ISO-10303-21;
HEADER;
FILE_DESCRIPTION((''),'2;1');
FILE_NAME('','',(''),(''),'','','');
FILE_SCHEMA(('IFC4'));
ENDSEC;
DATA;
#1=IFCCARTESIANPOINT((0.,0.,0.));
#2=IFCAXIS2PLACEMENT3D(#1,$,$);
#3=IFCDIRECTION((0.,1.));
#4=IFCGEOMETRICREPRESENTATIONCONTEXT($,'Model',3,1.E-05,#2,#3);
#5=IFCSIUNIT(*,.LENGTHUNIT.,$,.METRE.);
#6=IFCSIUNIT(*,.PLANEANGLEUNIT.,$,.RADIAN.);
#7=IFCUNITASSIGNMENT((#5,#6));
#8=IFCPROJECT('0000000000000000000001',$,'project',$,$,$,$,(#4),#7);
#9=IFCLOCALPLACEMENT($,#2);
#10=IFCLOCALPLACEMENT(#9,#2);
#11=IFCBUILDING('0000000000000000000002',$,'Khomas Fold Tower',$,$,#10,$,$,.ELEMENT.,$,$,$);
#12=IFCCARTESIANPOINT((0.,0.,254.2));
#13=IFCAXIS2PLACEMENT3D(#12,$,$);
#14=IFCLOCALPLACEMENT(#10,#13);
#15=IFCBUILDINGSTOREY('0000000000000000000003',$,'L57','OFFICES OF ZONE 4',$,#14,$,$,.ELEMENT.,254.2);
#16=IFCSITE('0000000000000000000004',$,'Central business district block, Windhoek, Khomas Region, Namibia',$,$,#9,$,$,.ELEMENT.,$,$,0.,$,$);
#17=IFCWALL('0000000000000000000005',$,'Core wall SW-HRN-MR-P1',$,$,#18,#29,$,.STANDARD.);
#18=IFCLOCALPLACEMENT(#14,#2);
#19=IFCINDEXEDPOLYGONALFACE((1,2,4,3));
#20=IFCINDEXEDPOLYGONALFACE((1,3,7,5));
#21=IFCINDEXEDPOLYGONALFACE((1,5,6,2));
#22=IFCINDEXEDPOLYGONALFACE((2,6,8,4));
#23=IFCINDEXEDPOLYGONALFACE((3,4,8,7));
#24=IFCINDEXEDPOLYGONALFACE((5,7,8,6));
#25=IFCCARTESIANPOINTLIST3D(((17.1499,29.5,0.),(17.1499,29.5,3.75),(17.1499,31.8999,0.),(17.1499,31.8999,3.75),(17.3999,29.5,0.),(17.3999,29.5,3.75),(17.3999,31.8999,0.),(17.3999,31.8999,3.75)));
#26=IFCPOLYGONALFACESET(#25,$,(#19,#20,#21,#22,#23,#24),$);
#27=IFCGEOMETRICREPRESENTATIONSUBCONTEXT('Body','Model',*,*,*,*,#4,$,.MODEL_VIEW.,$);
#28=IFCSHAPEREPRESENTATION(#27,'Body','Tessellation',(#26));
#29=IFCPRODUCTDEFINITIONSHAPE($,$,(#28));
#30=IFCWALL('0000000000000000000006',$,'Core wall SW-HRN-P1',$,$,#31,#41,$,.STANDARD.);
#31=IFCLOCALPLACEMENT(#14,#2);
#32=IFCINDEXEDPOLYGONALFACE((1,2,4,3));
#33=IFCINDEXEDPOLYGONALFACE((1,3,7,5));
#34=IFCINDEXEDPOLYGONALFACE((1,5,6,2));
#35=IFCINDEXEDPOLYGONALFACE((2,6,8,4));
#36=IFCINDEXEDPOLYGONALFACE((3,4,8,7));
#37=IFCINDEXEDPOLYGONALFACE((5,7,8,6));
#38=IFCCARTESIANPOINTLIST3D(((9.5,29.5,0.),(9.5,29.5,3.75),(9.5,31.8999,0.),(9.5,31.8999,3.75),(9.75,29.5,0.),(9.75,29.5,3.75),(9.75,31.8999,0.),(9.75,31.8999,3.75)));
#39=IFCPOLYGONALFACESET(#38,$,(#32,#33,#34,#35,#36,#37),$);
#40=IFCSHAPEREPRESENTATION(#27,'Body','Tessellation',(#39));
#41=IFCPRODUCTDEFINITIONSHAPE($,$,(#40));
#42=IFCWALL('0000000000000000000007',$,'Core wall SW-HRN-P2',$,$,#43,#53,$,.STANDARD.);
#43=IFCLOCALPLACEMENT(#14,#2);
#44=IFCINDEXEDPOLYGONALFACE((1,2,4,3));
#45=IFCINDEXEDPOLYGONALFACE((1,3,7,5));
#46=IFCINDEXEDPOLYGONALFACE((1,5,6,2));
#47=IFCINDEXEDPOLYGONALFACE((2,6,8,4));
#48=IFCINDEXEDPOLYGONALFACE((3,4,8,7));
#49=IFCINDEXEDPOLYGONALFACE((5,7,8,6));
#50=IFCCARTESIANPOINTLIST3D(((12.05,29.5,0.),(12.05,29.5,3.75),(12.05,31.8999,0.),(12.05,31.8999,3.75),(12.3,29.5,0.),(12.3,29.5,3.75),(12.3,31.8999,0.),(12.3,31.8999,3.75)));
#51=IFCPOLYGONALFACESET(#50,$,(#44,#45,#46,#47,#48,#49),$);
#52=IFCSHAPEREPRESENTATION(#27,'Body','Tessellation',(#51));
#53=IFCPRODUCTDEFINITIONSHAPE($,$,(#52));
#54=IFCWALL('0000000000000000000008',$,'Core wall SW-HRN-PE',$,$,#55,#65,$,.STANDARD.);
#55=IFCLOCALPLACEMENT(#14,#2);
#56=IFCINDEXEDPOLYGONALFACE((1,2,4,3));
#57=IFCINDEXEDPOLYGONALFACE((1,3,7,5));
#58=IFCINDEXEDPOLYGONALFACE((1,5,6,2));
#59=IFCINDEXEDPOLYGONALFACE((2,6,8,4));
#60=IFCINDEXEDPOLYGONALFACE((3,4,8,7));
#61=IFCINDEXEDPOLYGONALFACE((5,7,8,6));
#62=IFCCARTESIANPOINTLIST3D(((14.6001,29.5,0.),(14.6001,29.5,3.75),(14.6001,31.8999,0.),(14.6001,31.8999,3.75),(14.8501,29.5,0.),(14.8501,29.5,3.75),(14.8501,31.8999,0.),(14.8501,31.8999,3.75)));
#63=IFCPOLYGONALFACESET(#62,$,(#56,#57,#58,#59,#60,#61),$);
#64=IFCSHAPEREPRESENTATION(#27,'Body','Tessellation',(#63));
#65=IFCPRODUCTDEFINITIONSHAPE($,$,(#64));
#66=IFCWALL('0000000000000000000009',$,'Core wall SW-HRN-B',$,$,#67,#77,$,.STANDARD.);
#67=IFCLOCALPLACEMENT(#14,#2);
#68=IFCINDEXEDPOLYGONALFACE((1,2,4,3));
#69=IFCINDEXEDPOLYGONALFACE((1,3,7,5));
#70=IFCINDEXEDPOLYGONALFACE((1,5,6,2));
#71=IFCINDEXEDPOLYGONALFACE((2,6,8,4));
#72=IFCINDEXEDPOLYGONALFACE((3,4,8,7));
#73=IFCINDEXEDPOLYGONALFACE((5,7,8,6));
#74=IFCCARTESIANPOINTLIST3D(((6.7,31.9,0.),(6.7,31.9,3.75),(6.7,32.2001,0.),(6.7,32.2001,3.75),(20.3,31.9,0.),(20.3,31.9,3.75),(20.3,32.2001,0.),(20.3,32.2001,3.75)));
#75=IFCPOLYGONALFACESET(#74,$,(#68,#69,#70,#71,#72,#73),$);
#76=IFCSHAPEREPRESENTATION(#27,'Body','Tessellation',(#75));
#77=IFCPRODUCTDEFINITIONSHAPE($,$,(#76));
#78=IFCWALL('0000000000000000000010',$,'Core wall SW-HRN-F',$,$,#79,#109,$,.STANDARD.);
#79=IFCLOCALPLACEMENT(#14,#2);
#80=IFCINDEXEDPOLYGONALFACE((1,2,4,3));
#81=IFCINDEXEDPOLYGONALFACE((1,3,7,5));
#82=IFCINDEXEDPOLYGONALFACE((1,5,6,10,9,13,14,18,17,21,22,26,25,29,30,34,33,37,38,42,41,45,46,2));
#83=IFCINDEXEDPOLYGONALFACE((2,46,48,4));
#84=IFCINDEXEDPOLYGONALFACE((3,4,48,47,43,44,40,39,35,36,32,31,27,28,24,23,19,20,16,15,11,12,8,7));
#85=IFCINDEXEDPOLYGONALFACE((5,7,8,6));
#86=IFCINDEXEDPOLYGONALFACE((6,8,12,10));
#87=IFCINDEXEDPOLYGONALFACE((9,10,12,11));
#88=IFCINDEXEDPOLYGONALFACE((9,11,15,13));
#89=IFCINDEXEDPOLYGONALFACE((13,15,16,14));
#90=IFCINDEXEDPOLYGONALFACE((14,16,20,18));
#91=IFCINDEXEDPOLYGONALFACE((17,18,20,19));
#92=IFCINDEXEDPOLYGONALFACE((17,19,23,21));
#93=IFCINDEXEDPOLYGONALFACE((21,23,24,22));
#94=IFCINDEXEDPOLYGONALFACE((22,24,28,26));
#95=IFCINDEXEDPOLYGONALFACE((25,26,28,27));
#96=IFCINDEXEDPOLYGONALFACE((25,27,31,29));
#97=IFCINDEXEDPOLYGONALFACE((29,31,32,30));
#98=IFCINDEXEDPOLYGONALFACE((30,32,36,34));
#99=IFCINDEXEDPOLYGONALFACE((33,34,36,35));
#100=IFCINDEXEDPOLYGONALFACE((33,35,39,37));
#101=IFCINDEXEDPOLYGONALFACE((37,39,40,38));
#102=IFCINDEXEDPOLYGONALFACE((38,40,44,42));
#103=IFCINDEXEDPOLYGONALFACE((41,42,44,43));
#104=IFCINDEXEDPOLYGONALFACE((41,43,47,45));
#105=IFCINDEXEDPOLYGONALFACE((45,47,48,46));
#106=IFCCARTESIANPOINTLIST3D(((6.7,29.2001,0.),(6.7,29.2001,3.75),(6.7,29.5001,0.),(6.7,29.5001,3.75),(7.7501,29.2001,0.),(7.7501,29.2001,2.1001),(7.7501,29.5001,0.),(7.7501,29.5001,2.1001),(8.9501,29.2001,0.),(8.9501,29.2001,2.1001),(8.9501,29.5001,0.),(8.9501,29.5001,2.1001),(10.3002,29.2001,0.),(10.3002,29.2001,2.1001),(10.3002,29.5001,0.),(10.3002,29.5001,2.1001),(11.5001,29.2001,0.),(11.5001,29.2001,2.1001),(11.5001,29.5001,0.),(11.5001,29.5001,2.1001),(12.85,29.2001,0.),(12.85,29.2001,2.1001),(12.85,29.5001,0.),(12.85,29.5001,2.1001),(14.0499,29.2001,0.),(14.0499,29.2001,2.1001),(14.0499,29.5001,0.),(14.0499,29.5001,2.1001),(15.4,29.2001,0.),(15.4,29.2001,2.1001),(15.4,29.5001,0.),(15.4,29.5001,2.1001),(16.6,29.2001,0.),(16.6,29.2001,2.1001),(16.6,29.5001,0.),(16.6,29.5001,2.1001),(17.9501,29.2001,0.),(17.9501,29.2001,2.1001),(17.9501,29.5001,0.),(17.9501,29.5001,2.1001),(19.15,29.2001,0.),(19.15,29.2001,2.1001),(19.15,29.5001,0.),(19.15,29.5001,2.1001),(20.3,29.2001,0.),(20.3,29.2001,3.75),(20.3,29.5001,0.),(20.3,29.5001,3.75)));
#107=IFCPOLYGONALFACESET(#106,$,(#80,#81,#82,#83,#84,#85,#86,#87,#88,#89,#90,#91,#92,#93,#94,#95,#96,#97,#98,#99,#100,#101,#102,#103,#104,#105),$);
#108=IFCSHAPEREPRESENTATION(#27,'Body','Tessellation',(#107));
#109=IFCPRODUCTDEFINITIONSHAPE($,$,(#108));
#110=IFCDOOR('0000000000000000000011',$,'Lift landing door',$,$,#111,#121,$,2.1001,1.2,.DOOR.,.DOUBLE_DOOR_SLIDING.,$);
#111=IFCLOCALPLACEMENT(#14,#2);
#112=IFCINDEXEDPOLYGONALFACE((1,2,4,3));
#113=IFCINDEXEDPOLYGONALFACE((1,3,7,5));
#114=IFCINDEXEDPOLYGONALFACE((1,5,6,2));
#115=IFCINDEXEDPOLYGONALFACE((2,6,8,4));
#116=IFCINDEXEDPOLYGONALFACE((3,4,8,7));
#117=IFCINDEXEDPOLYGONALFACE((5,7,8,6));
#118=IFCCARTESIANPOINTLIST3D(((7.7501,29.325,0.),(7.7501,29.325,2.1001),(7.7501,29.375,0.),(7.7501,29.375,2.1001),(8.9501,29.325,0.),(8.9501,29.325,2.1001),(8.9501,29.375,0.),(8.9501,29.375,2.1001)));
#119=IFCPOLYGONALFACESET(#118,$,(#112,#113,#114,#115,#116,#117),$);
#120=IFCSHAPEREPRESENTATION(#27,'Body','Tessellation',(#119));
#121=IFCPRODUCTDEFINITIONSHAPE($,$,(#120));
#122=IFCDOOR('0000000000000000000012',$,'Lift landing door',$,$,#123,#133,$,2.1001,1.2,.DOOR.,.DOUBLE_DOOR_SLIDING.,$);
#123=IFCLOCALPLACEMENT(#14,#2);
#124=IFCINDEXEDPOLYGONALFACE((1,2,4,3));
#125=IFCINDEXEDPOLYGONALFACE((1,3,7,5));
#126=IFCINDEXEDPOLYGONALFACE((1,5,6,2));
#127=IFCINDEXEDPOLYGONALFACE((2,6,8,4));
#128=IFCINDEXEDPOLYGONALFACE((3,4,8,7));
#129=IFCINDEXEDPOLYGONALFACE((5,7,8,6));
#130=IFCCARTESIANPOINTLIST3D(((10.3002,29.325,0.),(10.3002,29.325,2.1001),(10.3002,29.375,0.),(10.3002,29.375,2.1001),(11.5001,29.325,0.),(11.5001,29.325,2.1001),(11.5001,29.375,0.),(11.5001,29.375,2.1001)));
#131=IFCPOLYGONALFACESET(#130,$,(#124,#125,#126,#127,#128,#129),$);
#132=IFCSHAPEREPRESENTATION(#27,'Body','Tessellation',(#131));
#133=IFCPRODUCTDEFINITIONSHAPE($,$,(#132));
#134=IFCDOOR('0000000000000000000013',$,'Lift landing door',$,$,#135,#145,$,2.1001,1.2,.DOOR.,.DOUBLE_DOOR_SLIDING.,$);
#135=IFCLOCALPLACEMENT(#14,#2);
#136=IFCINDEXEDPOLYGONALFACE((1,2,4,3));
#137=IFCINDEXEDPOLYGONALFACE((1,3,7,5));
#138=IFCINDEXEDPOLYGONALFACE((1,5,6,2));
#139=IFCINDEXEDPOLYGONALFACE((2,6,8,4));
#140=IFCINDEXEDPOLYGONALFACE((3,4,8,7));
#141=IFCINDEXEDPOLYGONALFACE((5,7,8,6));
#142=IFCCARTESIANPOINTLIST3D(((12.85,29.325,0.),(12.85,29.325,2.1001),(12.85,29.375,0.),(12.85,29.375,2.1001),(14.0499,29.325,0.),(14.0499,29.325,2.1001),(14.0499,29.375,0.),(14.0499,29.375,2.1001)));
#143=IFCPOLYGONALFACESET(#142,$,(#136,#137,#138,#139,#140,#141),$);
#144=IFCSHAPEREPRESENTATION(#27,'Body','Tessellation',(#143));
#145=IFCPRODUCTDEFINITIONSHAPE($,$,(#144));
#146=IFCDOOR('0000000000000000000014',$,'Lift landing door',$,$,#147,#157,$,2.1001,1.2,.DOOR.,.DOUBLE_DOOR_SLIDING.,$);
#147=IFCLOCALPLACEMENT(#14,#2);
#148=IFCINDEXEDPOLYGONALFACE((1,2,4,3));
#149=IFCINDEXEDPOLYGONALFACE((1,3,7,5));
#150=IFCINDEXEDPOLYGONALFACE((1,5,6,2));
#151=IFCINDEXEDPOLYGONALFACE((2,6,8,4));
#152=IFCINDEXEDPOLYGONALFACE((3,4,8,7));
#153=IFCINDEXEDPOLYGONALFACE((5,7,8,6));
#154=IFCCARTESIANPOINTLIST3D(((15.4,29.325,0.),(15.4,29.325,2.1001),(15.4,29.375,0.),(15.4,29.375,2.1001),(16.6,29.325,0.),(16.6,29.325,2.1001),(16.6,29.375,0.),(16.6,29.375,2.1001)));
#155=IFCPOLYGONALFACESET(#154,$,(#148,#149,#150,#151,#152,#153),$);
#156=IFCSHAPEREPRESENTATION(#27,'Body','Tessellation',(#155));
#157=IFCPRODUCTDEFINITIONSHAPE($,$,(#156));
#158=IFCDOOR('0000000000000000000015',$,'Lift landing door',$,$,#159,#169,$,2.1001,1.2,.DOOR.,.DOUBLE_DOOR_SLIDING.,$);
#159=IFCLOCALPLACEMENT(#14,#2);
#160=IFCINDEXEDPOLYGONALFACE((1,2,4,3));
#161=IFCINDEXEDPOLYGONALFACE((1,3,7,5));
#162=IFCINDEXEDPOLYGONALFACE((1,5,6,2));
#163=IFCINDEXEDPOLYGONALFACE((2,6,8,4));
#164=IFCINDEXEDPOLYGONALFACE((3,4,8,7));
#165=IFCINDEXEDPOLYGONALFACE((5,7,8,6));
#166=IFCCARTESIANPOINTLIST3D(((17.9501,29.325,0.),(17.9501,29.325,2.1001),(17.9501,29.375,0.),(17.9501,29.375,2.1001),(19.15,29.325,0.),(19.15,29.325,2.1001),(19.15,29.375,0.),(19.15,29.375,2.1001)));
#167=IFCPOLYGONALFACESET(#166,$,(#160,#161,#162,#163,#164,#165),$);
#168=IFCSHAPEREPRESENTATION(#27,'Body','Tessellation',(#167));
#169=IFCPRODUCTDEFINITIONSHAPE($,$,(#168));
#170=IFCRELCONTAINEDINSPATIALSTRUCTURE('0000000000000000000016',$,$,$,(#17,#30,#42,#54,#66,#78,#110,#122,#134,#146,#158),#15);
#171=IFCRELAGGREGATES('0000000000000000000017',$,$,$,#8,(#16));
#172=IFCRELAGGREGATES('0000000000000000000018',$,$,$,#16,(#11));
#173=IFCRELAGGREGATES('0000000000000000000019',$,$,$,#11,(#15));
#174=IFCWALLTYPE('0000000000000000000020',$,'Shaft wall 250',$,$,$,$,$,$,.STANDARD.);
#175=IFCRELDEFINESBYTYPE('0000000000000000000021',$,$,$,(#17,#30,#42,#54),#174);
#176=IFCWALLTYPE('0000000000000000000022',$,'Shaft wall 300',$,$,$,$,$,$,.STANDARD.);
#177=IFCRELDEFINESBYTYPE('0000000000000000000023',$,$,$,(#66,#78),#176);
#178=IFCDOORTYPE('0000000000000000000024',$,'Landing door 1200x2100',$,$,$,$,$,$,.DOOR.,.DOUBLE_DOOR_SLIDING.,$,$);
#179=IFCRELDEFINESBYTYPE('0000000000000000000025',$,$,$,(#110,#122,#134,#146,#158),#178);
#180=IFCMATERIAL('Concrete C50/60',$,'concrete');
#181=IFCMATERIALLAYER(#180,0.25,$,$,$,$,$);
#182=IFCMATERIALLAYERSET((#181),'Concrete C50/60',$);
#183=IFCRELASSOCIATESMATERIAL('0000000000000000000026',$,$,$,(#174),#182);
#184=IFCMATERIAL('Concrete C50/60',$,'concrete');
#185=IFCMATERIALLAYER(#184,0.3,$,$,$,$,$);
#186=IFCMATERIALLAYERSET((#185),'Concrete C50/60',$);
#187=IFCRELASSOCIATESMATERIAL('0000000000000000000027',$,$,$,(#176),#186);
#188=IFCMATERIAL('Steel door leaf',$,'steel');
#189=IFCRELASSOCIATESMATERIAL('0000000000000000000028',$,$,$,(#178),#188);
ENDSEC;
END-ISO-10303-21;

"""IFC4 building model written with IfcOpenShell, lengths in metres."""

from ifc_helpers import new_model, si_unit, direction, frame, frame_2d, origin, place, context, subcontext, project, spatial, rectangle, extrude, source, transform, mapped, material, layer, layer_set, type_object, element, fill, save


model = new_model("IFC4")

# Units and contexts
model_context = context("Model", 3, precision=1e-05, world=origin(), true_north=direction((0.0, 1.0)))
body_context = subcontext(model_context, "Body", "Model", "MODEL_VIEW")
ifc_project = project(units=[si_unit("LENGTHUNIT", "METRE"), si_unit("PLANEANGLEUNIT", "RADIAN")], contexts=[model_context])

# Site, building, storey
site_placement = place(None, origin())
site = spatial("IfcSite", under=ifc_project, at=site_placement, Name="Central business district block, Windhoek, Khomas Region, Namibia", CompositionType="ELEMENT", RefElevation=0.0)
building_placement = place(site_placement, origin())
building = spatial("IfcBuilding", under=site, at=building_placement, Name="Khomas Fold Tower", CompositionType="ELEMENT")
storey_placement = place(building_placement, frame((0.0, 0.0, 254.2)))
storey = spatial("IfcBuildingStorey", under=building, at=storey_placement, Name="L57", Description="OFFICES OF ZONE 4", CompositionType="ELEMENT", Elevation=254.2)

# Walls
ifc_material_1 = material(Name="Concrete C50/60", Category="concrete")
ifc_layer_1 = layer(ifc_material_1, 0.25)
ifc_layer_set_1 = layer_set([ifc_layer_1], Name="Concrete C50/60")
wall_type_1 = type_object("IfcWallType", Name="Shaft wall 250", PredefinedType="STANDARD", material=ifc_layer_set_1)
shared_shape_1 = source(origin(), body_context, "Body", "SweptSolid", [
    extrude(rectangle(XDim=2.3999, YDim=0.25, at=frame_2d((1.2, 0.0))), origin(), (0.0, 0.0, 1.0), 3.75),
])
for number, where, z_axis, x_axis, name in (
    (1, (17.2749, 29.5, 0.0), (0.0, 0.0, 1.0), (0.0, 1.0, 0.0), "Core wall SW-HRN-MR-P1"),
    (2, (9.625, 29.5, 0.0), (0.0, 0.0, 1.0), (0.0, 1.0, 0.0), "Core wall SW-HRN-P1"),
    (3, (12.175, 29.5, 0.0), (0.0, 0.0, 1.0), (0.0, 1.0, 0.0), "Core wall SW-HRN-P2"),
    (4, (14.7251, 29.5, 0.0), (0.0, 0.0, 1.0), (0.0, 1.0, 0.0), "Core wall SW-HRN-PE"),
):
    element("IfcWall", number, at=place(storey_placement, frame(where, z_axis=z_axis, x_axis=x_axis)), inside=storey, type_object=wall_type_1, Name=name, PredefinedType="STANDARD", context=body_context, shape_type="MappedRepresentation", body=[
        mapped(shared_shape_1, transform((0.0, 0.0, 0.0))),
    ])
ifc_material_2 = material(Name="Concrete C50/60", Category="concrete")
ifc_layer_2 = layer(ifc_material_2, 0.3)
ifc_layer_set_2 = layer_set([ifc_layer_2], Name="Concrete C50/60")
wall_type_2 = type_object("IfcWallType", Name="Shaft wall 300", PredefinedType="STANDARD", material=ifc_layer_set_2)
shared_shape_2 = source(origin(), body_context, "Body", "SweptSolid", [
    extrude(rectangle(XDim=13.6001, YDim=0.3, at=frame_2d((6.8, 0.0))), origin(), (0.0, 0.0, 1.0), 3.75),
])
wall_1_placement = place(storey_placement, frame((6.7, 32.05, 0.0), z_axis=(0.0, 0.0, 1.0), x_axis=(1.0, 0.0, 0.0)))
element("IfcWall", 5, at=wall_1_placement, inside=storey, type_object=wall_type_2, Name="Core wall SW-HRN-B", PredefinedType="STANDARD", context=body_context, shape_type="MappedRepresentation", body=[
    mapped(shared_shape_2, transform((0.0, 0.0, 0.0))),
])

# Wall, openings, doors
wall_2_placement = place(storey_placement, frame((6.7, 29.3501, 0.0), z_axis=(0.0, 0.0, 1.0), x_axis=(1.0, 0.0, 0.0)))
wall_2 = element("IfcWall", 6, at=wall_2_placement, inside=storey, type_object=wall_type_2, Name="Core wall SW-HRN-F", PredefinedType="STANDARD", context=body_context, shape_type="MappedRepresentation", body=[
    mapped(shared_shape_2, transform((0.0, 0.0, 0.0))),
])
shared_shape_3 = source(origin(), body_context, "Body", "SweptSolid", [
    extrude(rectangle(XDim=1.2, YDim=2.1001, at=frame_2d((0.6001, 1.05))), frame((0.0, 0.1599, 0.0), z_axis=(0.0, -1.0, 0.0), x_axis=(1.0, 0.0, 0.0)), (0.0, 0.0, 1.0), 0.3201),
])
opening_1_placement = place(wall_2_placement, frame((1.05, 0.0, 0.0)))
opening_1 = element("IfcOpeningElement", 7, at=opening_1_placement, cuts=wall_2, PredefinedType="OPENING", context=body_context, shape_type="MappedRepresentation", body=[
    mapped(shared_shape_3, transform((0.0, 0.0, 0.0))),
])
opening_2_placement = place(wall_2_placement, frame((3.6001, 0.0, 0.0)))
opening_2 = element("IfcOpeningElement", 8, at=opening_2_placement, cuts=wall_2, PredefinedType="OPENING", context=body_context, shape_type="MappedRepresentation", body=[
    mapped(shared_shape_3, transform((0.0, 0.0, 0.0))),
])
opening_3_placement = place(wall_2_placement, frame((6.1499, 0.0, 0.0)))
opening_3 = element("IfcOpeningElement", 9, at=opening_3_placement, cuts=wall_2, PredefinedType="OPENING", context=body_context, shape_type="MappedRepresentation", body=[
    mapped(shared_shape_3, transform((0.0, 0.0, 0.0))),
])
opening_4_placement = place(wall_2_placement, frame((8.7, 0.0, 0.0)))
opening_4 = element("IfcOpeningElement", 10, at=opening_4_placement, cuts=wall_2, PredefinedType="OPENING", context=body_context, shape_type="MappedRepresentation", body=[
    mapped(shared_shape_3, transform((0.0, 0.0, 0.0))),
])
opening_5_placement = place(wall_2_placement, frame((11.25, 0.0, 0.0)))
opening_5 = element("IfcOpeningElement", 11, at=opening_5_placement, cuts=wall_2, PredefinedType="OPENING", context=body_context, shape_type="MappedRepresentation", body=[
    mapped(shared_shape_3, transform((0.0, 0.0, 0.0))),
])
ifc_material_3 = material(Name="Steel door leaf", Category="steel")
door_type = type_object("IfcDoorType", Name="Landing door 1200x2100", OperationType="DOUBLE_DOOR_SLIDING", PredefinedType="DOOR", material=ifc_material_3)
shared_shape_4 = source(origin(), body_context, "Body", "SweptSolid", [
    extrude(rectangle(XDim=1.2, YDim=2.1001, at=frame_2d((0.6001, 1.05))), frame((0.0, 0.0249, 0.0), z_axis=(0.0, -1.0, 0.0), x_axis=(1.0, 0.0, 0.0)), (0.0, 0.0, 1.0), 0.05),
])
door_1_placement = place(opening_1_placement, origin())
door_1 = element("IfcDoor", 12, at=door_1_placement, inside=storey, type_object=door_type, Name="Lift landing door", OperationType="DOUBLE_DOOR_SLIDING", OverallHeight=2.1001, OverallWidth=1.2, PredefinedType="DOOR", context=body_context, shape_type="MappedRepresentation", body=[
    mapped(shared_shape_4, transform((0.0, 0.0, 0.0))),
])
fill(opening_1, door_1)
door_2_placement = place(opening_2_placement, origin())
door_2 = element("IfcDoor", 13, at=door_2_placement, inside=storey, type_object=door_type, Name="Lift landing door", OperationType="DOUBLE_DOOR_SLIDING", OverallHeight=2.1001, OverallWidth=1.2, PredefinedType="DOOR", context=body_context, shape_type="MappedRepresentation", body=[
    mapped(shared_shape_4, transform((0.0, 0.0, 0.0))),
])
fill(opening_2, door_2)
door_3_placement = place(opening_3_placement, origin())
door_3 = element("IfcDoor", 14, at=door_3_placement, inside=storey, type_object=door_type, Name="Lift landing door", OperationType="DOUBLE_DOOR_SLIDING", OverallHeight=2.1001, OverallWidth=1.2, PredefinedType="DOOR", context=body_context, shape_type="MappedRepresentation", body=[
    mapped(shared_shape_4, transform((0.0, 0.0, 0.0))),
])
fill(opening_3, door_3)
door_4_placement = place(opening_4_placement, origin())
door_4 = element("IfcDoor", 15, at=door_4_placement, inside=storey, type_object=door_type, Name="Lift landing door", OperationType="DOUBLE_DOOR_SLIDING", OverallHeight=2.1001, OverallWidth=1.2, PredefinedType="DOOR", context=body_context, shape_type="MappedRepresentation", body=[
    mapped(shared_shape_4, transform((0.0, 0.0, 0.0))),
])
fill(opening_4, door_4)
door_5_placement = place(opening_5_placement, origin())
door_5 = element("IfcDoor", 16, at=door_5_placement, inside=storey, type_object=door_type, Name="Lift landing door", OperationType="DOUBLE_DOOR_SLIDING", OverallHeight=2.1001, OverallWidth=1.2, PredefinedType="DOOR", context=body_context, shape_type="MappedRepresentation", body=[
    mapped(shared_shape_4, transform((0.0, 0.0, 0.0))),
])
fill(opening_5, door_5)

save(model, "model.ifc")
